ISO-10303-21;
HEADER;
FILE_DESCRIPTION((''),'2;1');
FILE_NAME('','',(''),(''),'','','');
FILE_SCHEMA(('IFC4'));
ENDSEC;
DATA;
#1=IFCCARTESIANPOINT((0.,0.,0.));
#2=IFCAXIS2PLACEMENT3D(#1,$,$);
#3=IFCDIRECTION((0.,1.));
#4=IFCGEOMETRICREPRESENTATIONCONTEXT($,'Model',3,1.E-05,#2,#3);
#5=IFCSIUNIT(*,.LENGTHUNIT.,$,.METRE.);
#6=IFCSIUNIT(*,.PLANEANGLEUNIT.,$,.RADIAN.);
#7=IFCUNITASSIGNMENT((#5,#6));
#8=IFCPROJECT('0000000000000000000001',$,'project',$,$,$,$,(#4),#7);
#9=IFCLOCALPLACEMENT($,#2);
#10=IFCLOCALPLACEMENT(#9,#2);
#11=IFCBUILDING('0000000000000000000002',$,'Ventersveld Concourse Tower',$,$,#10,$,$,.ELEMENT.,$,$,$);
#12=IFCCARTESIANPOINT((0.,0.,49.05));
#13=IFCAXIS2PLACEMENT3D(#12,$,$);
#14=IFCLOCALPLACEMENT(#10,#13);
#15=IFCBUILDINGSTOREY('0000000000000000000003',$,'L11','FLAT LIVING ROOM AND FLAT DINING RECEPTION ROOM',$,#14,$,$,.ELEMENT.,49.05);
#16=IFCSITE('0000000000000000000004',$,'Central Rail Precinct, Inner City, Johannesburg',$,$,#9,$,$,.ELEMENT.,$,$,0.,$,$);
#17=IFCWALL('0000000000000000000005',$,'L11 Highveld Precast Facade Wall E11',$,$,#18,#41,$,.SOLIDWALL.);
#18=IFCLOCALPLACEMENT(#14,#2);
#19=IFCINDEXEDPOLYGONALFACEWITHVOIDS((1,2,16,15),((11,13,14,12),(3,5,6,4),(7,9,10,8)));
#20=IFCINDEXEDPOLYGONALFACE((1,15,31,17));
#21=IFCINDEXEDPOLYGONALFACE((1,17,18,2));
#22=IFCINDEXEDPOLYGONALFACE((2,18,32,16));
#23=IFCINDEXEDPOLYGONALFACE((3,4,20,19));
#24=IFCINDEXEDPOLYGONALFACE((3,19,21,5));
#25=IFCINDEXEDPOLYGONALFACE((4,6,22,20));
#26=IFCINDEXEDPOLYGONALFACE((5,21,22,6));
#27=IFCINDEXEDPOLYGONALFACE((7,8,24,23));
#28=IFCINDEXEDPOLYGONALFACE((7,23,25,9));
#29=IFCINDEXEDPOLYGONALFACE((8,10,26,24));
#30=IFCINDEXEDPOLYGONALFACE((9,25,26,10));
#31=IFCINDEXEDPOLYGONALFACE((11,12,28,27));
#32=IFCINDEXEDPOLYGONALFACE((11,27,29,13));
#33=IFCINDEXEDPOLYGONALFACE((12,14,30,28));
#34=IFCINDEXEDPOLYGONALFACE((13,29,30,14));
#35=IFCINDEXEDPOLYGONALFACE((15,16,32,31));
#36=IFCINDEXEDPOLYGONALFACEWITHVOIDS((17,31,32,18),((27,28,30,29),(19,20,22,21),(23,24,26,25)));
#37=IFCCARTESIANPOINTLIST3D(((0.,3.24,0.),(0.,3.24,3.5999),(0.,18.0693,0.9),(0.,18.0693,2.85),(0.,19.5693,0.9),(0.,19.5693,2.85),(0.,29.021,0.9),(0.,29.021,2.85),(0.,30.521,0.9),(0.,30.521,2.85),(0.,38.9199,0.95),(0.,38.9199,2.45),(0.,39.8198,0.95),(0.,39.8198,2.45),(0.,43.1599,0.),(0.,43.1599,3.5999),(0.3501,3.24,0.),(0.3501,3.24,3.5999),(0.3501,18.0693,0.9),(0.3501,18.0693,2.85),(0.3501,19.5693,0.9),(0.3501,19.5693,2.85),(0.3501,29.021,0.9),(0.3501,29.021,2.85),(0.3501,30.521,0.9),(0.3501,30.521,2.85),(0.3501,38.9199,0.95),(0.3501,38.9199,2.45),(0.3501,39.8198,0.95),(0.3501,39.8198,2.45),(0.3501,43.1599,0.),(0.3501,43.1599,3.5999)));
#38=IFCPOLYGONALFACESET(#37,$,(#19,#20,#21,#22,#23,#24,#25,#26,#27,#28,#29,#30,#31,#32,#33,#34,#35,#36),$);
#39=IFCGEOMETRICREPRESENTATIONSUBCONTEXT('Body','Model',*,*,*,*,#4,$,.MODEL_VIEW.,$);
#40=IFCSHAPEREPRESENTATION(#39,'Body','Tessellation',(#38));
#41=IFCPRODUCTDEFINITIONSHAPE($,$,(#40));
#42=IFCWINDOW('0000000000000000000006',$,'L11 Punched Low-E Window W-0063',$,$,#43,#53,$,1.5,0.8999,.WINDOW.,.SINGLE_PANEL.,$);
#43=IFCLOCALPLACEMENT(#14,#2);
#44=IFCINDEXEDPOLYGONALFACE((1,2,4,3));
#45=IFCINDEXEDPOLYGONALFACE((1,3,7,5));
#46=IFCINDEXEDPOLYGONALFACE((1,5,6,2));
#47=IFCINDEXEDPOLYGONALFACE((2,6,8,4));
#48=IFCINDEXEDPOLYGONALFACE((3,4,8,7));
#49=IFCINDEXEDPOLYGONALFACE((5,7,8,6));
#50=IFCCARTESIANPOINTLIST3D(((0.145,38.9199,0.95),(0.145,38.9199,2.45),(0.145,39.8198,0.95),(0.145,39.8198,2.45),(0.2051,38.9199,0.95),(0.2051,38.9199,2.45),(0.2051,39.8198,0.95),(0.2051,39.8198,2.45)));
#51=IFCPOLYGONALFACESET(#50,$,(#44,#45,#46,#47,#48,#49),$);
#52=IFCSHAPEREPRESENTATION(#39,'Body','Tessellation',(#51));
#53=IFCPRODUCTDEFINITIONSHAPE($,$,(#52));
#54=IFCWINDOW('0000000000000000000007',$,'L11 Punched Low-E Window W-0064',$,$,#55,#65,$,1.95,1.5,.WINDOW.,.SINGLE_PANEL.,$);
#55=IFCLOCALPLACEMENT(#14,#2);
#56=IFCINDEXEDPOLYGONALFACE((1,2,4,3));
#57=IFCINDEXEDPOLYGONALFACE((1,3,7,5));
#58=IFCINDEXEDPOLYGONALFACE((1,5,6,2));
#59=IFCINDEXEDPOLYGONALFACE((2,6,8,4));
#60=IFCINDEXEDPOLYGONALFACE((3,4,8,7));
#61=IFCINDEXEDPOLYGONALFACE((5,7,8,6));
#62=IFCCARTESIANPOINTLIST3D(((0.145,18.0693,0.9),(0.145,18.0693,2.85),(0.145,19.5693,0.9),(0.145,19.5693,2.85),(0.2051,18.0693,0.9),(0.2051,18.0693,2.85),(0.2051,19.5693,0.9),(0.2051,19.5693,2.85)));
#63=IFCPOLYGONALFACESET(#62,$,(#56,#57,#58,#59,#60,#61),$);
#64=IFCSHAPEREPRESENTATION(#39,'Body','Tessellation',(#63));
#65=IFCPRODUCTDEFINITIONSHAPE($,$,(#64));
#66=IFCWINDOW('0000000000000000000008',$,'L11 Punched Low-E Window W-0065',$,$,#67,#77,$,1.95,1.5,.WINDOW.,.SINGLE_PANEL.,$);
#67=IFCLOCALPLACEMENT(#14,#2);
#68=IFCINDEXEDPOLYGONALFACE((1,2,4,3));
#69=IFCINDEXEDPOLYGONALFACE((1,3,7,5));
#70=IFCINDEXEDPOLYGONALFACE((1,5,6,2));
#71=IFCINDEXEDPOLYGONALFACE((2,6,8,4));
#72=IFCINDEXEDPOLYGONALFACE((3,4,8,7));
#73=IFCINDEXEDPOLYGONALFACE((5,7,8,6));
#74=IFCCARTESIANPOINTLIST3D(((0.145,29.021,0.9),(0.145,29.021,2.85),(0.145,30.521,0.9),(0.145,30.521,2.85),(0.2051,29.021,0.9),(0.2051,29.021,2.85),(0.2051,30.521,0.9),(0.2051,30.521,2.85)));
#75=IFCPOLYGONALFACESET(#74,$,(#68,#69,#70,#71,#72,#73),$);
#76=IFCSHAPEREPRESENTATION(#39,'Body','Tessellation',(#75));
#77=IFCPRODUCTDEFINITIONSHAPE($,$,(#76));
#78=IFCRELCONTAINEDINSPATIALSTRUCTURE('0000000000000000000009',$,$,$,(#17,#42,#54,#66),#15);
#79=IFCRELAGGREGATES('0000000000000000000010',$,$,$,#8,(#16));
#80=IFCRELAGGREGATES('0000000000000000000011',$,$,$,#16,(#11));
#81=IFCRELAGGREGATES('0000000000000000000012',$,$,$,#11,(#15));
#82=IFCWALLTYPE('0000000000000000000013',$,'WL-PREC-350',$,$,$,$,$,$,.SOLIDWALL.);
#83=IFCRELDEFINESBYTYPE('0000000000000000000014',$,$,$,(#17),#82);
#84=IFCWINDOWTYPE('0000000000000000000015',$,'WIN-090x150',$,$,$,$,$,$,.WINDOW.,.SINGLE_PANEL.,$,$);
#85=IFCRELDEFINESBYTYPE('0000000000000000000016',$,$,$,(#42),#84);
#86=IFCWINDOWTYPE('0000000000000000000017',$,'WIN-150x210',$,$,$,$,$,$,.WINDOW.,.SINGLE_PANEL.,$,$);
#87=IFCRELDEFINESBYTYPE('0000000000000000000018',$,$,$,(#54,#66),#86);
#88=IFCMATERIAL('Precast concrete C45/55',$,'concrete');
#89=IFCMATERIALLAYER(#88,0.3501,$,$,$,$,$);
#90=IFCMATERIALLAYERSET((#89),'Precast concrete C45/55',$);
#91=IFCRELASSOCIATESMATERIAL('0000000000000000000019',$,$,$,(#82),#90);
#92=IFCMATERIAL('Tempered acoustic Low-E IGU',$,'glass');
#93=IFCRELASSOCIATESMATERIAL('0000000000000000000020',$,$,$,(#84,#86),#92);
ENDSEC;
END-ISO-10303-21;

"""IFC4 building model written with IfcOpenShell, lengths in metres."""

from ifc_helpers import new_model, si_unit, direction, frame, frame_2d, origin, place, context, subcontext, project, spatial, rectangle, extrude, material, layer, layer_set, type_object, element, fill, save


model = new_model("IFC4")

# Units and contexts
model_context = context("Model", 3, precision=1e-05, world=origin(), true_north=direction((0.0, 1.0)))
body_context = subcontext(model_context, "Body", "Model", "MODEL_VIEW")
ifc_project = project(units=[si_unit("LENGTHUNIT", "METRE"), si_unit("PLANEANGLEUNIT", "RADIAN")], contexts=[model_context])

# Site, building, storey
site_placement = place(None, origin())
site = spatial("IfcSite", under=ifc_project, at=site_placement, Name="Central Rail Precinct, Inner City, Johannesburg", CompositionType="ELEMENT", RefElevation=0.0)
building_placement = place(site_placement, origin())
building = spatial("IfcBuilding", under=site, at=building_placement, Name="Ventersveld Concourse Tower", CompositionType="ELEMENT")
storey_placement = place(building_placement, frame((0.0, 0.0, 49.05)))
storey = spatial("IfcBuildingStorey", under=building, at=storey_placement, Name="L11", Description="FLAT LIVING ROOM AND FLAT DINING RECEPTION ROOM", CompositionType="ELEMENT", Elevation=49.05)

# Shared definitions
ifc_material_1 = material(Name="Precast concrete C45/55", Category="concrete")
ifc_layer_1 = layer(ifc_material_1, 0.3501)
ifc_layer_set_1 = layer_set([ifc_layer_1], Name="Precast concrete C45/55")
wall_type_1 = type_object("IfcWallType", Name="WL-PREC-350", PredefinedType="SOLIDWALL", material=ifc_layer_set_1)

# Wall, openings, windows
wall_1_placement = place(storey_placement, frame((0.175, 43.1599, 0.0), z_axis=(0.0, 0.0, 1.0), x_axis=(0.0, -1.0, 0.0)))
wall_1 = element("IfcWall", 1, at=wall_1_placement, inside=storey, type_object=wall_type_1, Name="L11 Highveld Precast Facade Wall E11", PredefinedType="SOLIDWALL", context=body_context, shape_type="SweptSolid", body=[
    extrude(rectangle(XDim=39.9199, YDim=0.3501, at=frame_2d((19.96, 0.0))), origin(), (0.0, 0.0, 1.0), 3.5999),
])
opening_1_placement = place(wall_1_placement, frame((3.3401, 0.0, 0.95)))
opening_1 = element("IfcOpeningElement", 2, at=opening_1_placement, cuts=wall_1, PredefinedType="OPENING", context=body_context, shape_type="SweptSolid", body=[
    extrude(rectangle(XDim=0.8999, YDim=1.5, at=frame_2d((0.45, 0.75))), frame((0.0, 0.1851, 0.0), z_axis=(0.0, -1.0, 0.0), x_axis=(1.0, 0.0, 0.0)), (0.0, 0.0, 1.0), 0.3701),
])
opening_2_placement = place(wall_1_placement, frame((23.5906, 0.0, 0.8999)))
opening_2 = element("IfcOpeningElement", 3, at=opening_2_placement, cuts=wall_1, PredefinedType="OPENING", context=body_context, shape_type="SweptSolid", body=[
    extrude(rectangle(XDim=1.5, YDim=1.95, at=frame_2d((0.75, 0.9751))), frame((0.0, 0.1851, 0.0), z_axis=(0.0, -1.0, 0.0), x_axis=(1.0, 0.0, 0.0)), (0.0, 0.0, 1.0), 0.3701),
])
opening_3_placement = place(wall_1_placement, frame((12.6389, 0.0, 0.8999)))
opening_3 = element("IfcOpeningElement", 4, at=opening_3_placement, cuts=wall_1, PredefinedType="OPENING", context=body_context, shape_type="SweptSolid", body=[
    extrude(rectangle(XDim=1.5, YDim=1.95, at=frame_2d((0.75, 0.9751))), frame((0.0, 0.1851, 0.0), z_axis=(0.0, -1.0, 0.0), x_axis=(1.0, 0.0, 0.0)), (0.0, 0.0, 1.0), 0.3701),
])
ifc_material_2 = material(Name="Tempered acoustic Low-E IGU", Category="glass")
window_type_1 = type_object("IfcWindowType", Name="WIN-090x150", PartitioningType="SINGLE_PANEL", PredefinedType="WINDOW", material=ifc_material_2)
window_1_placement = place(opening_1_placement, origin())
window_1 = element("IfcWindow", 5, at=window_1_placement, inside=storey, type_object=window_type_1, Name="L11 Punched Low-E Window W-0063", OverallHeight=1.5, OverallWidth=0.8999, PartitioningType="SINGLE_PANEL", PredefinedType="WINDOW", context=body_context, shape_type="SweptSolid", body=[
    extrude(rectangle(XDim=0.8999, YDim=1.5, at=frame_2d((0.45, 0.75))), frame((0.0, 0.03, 0.0), z_axis=(0.0, -1.0, 0.0), x_axis=(1.0, 0.0, 0.0)), (0.0, 0.0, 1.0), 0.0601),
])
fill(opening_1, window_1)
window_type_2 = type_object("IfcWindowType", Name="WIN-150x210", PartitioningType="SINGLE_PANEL", PredefinedType="WINDOW", material=ifc_material_2)
window_2_placement = place(opening_2_placement, origin())
window_2 = element("IfcWindow", 6, at=window_2_placement, inside=storey, type_object=window_type_2, Name="L11 Punched Low-E Window W-0064", OverallHeight=1.95, OverallWidth=1.5, PartitioningType="SINGLE_PANEL", PredefinedType="WINDOW", context=body_context, shape_type="SweptSolid", body=[
    extrude(rectangle(XDim=1.5, YDim=1.95, at=frame_2d((0.75, 0.9751))), frame((0.0, 0.03, 0.0), z_axis=(0.0, -1.0, 0.0), x_axis=(1.0, 0.0, 0.0)), (0.0, 0.0, 1.0), 0.0601),
])
fill(opening_2, window_2)
window_3_placement = place(opening_3_placement, origin())
window_3 = element("IfcWindow", 7, at=window_3_placement, inside=storey, type_object=window_type_2, Name="L11 Punched Low-E Window W-0065", OverallHeight=1.95, OverallWidth=1.5, PartitioningType="SINGLE_PANEL", PredefinedType="WINDOW", context=body_context, shape_type="SweptSolid", body=[
    extrude(rectangle(XDim=1.5, YDim=1.95, at=frame_2d((0.75, 0.9751))), frame((0.0, 0.03, 0.0), z_axis=(0.0, -1.0, 0.0), x_axis=(1.0, 0.0, 0.0)), (0.0, 0.0, 1.0), 0.0601),
])
fill(opening_3, window_3)

save(model, "model.ifc")
